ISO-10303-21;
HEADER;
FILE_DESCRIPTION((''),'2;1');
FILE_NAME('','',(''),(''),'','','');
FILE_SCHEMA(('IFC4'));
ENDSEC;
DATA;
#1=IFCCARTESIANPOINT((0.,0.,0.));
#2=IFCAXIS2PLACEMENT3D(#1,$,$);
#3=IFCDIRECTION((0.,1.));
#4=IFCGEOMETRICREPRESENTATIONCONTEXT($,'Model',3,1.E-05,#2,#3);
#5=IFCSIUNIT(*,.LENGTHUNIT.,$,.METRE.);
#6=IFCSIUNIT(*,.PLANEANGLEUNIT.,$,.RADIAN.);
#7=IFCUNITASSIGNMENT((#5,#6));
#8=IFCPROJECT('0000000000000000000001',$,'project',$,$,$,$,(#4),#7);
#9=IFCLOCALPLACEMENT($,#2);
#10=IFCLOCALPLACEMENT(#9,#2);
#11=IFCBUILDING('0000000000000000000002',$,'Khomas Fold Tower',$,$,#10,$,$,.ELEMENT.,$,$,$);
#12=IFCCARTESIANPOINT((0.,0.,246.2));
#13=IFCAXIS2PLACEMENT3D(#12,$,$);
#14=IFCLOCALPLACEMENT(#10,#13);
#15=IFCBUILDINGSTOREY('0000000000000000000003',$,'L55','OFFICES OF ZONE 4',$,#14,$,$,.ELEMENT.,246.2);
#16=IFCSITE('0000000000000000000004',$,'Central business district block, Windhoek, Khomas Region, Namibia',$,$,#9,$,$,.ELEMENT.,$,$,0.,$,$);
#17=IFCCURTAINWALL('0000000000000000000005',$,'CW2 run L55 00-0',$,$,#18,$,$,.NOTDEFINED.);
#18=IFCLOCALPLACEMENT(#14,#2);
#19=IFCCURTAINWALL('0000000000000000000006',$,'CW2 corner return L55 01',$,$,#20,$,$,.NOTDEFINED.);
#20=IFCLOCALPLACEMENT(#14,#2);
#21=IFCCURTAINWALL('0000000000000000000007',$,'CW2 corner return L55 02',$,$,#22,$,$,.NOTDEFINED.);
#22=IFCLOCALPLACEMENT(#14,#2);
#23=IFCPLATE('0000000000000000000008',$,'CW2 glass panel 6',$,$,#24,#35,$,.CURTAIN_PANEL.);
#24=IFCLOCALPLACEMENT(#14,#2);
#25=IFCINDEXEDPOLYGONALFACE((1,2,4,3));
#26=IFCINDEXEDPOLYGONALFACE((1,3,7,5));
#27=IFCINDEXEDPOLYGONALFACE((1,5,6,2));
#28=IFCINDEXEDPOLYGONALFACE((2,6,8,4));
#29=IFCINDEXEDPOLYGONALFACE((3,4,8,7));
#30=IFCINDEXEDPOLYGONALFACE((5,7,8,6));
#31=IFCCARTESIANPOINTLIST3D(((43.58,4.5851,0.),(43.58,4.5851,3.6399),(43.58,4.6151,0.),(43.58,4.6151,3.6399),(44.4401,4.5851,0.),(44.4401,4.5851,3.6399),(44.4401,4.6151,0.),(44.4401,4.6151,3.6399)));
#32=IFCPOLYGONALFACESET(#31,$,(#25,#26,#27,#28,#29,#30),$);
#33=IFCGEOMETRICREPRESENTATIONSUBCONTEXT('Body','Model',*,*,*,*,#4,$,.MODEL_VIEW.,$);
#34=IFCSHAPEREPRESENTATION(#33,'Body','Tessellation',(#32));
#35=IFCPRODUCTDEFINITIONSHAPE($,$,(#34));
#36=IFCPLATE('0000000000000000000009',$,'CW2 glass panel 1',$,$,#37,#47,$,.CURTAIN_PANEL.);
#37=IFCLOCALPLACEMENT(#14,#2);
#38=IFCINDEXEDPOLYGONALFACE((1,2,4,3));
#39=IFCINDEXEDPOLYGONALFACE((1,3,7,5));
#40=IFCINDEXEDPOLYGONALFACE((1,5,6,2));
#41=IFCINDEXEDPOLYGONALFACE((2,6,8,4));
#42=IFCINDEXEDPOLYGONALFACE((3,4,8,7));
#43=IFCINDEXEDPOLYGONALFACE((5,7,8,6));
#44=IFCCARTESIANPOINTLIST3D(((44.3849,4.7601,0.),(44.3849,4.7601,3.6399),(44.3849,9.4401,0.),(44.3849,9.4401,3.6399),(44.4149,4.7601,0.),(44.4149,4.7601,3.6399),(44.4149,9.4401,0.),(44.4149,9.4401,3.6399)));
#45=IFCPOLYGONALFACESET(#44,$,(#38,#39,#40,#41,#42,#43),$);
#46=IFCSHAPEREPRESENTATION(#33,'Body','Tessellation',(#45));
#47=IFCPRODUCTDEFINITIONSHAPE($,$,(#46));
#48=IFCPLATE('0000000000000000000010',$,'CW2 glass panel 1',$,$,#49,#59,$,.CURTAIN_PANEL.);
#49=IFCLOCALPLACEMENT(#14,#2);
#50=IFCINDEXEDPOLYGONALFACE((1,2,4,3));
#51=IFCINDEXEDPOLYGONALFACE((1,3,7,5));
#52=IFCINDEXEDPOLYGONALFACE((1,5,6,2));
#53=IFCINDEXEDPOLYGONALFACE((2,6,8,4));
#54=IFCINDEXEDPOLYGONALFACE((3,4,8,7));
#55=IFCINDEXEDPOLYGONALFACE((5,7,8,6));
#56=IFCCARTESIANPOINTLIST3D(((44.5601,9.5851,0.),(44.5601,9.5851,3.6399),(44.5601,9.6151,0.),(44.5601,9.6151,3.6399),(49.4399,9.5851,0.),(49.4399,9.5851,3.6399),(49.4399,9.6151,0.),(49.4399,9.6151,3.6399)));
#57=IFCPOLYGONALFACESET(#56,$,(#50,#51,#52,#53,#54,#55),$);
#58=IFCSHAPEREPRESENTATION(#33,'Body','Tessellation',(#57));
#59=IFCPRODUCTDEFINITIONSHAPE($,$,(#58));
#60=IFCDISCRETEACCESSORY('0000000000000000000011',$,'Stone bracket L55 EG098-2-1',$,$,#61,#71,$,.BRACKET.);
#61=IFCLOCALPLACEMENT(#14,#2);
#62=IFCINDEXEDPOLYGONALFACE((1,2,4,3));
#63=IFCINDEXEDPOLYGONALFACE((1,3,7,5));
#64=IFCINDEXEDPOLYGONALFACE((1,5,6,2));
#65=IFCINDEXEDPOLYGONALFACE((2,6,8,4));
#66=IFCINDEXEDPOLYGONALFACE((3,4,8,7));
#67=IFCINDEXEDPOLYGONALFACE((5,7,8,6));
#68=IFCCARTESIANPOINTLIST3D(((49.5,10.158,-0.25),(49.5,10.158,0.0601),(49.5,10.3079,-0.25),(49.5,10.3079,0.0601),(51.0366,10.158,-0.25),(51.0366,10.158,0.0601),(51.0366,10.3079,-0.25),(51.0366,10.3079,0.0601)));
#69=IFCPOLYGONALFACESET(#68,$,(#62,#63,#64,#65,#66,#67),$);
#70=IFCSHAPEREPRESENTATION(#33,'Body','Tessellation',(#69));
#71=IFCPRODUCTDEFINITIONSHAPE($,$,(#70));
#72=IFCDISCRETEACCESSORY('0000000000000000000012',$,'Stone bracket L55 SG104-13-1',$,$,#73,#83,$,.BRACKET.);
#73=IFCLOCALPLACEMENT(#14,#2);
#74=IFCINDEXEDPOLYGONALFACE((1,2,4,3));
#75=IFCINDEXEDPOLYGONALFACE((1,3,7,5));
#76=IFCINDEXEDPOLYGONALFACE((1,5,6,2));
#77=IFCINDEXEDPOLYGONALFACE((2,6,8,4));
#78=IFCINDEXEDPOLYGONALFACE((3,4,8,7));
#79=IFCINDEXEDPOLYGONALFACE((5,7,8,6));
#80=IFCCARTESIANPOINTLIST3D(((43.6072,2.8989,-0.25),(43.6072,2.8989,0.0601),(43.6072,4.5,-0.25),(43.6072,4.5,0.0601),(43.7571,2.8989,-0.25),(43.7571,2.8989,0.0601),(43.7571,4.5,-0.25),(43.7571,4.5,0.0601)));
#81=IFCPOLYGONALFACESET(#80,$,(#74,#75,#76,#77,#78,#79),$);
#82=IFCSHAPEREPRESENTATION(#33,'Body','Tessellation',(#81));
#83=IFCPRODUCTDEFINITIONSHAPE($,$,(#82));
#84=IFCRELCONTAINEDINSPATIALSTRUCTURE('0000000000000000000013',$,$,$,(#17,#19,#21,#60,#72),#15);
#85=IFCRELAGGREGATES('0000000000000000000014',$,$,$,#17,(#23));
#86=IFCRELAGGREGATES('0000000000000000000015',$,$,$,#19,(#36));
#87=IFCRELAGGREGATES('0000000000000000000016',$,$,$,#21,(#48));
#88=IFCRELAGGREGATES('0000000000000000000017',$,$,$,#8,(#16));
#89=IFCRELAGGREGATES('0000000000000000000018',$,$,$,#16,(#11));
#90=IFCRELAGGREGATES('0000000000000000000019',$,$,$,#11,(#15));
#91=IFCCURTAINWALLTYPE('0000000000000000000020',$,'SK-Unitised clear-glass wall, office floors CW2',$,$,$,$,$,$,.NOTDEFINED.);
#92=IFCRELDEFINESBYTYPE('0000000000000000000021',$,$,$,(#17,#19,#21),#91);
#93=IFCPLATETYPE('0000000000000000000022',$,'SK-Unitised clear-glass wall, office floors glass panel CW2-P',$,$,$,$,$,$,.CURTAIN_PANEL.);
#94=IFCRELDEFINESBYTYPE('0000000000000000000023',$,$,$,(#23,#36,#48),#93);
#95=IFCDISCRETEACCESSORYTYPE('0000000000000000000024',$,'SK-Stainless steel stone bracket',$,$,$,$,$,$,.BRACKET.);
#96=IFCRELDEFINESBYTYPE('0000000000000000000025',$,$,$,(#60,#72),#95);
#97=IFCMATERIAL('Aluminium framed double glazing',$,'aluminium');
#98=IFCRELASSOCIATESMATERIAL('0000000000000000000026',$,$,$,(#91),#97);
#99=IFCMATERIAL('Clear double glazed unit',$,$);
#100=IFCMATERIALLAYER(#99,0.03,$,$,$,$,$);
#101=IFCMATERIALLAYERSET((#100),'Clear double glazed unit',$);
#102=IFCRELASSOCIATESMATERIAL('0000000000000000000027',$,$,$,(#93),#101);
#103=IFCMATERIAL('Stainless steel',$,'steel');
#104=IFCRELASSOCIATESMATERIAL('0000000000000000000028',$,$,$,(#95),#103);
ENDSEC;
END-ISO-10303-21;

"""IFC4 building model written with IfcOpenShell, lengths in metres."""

from ifc_helpers import new_model, si_unit, direction, frame, origin, origin_2d, place, context, subcontext, project, spatial, rectangle, extrude, source, transform, mapped, material, layer, layer_set, type_object, element, aggregate, save


model = new_model("IFC4")

# Units and contexts
model_context = context("Model", 3, precision=1e-05, world=origin(), true_north=direction((0.0, 1.0)))
body_context = subcontext(model_context, "Body", "Model", "MODEL_VIEW")
ifc_project = project(units=[si_unit("LENGTHUNIT", "METRE"), si_unit("PLANEANGLEUNIT", "RADIAN")], contexts=[model_context])

# Site, building, storey
site_placement = place(None, origin())
site = spatial("IfcSite", under=ifc_project, at=site_placement, Name="Central business district block, Windhoek, Khomas Region, Namibia", CompositionType="ELEMENT", RefElevation=0.0)
building_placement = place(site_placement, origin())
building = spatial("IfcBuilding", under=site, at=building_placement, Name="Khomas Fold Tower", CompositionType="ELEMENT")
storey_placement = place(building_placement, frame((0.0, 0.0, 246.2)))
storey = spatial("IfcBuildingStorey", under=building, at=storey_placement, Name="L55", Description="OFFICES OF ZONE 4", CompositionType="ELEMENT", Elevation=246.2)

# Curtain walls
ifc_material_1 = material(Name="Aluminium framed double glazing", Category="aluminium")
curtain_wall_type = type_object("IfcCurtainWallType", Name="SK-Unitised clear-glass wall, office floors CW2", PredefinedType="NOTDEFINED", material=ifc_material_1)
curtain_wall_1_placement = place(storey_placement, origin())
curtain_wall_1 = element("IfcCurtainWall", 1, at=curtain_wall_1_placement, inside=storey, type_object=curtain_wall_type, Name="CW2 run L55 00-0", PredefinedType="NOTDEFINED")
curtain_wall_2_placement = place(storey_placement, origin())
curtain_wall_2 = element("IfcCurtainWall", 2, at=curtain_wall_2_placement, inside=storey, type_object=curtain_wall_type, Name="CW2 corner return L55 01", PredefinedType="NOTDEFINED")
curtain_wall_3_placement = place(storey_placement, origin())
curtain_wall_3 = element("IfcCurtainWall", 3, at=curtain_wall_3_placement, inside=storey, type_object=curtain_wall_type, Name="CW2 corner return L55 02", PredefinedType="NOTDEFINED")

# Plates
ifc_material_2 = material(Name="Clear double glazed unit")
ifc_layer_1 = layer(ifc_material_2, 0.03)
ifc_layer_set_1 = layer_set([ifc_layer_1], Name="Clear double glazed unit")
plate_type_1 = type_object("IfcPlateType", Name="SK-Unitised clear-glass wall, office floors glass panel CW2-P", PredefinedType="CURTAIN_PANEL", material=ifc_layer_set_1)
shared_shape_1 = source(origin(), body_context, "Body", "SweptSolid", [
    extrude(rectangle(XDim=0.8601, YDim=0.03, at=origin_2d()), origin(), (0.0, 0.0, 1.0), 3.6399),
])
plate_1_placement = place(storey_placement, frame((44.01, 4.6001, 0.0), z_axis=(0.0, 0.0, 1.0), x_axis=(1.0, 0.0, 0.0)))
plate_1 = element("IfcPlate", 4, at=plate_1_placement, type_object=plate_type_1, Name="CW2 glass panel 6", PredefinedType="CURTAIN_PANEL", context=body_context, shape_type="MappedRepresentation", body=[
    mapped(shared_shape_1, transform((0.0, 0.0, 0.0))),
])
aggregate(curtain_wall_1, [plate_1])
shared_shape_2 = source(origin(), body_context, "Body", "SweptSolid", [
    extrude(rectangle(XDim=4.6799, YDim=0.03, at=origin_2d()), origin(), (0.0, 0.0, 1.0), 3.6399),
])
plate_2_placement = place(storey_placement, frame((44.3999, 7.1001, 0.0), z_axis=(0.0, 0.0, 1.0), x_axis=(0.0, 1.0, 0.0)))
plate_2 = element("IfcPlate", 5, at=plate_2_placement, type_object=plate_type_1, Name="CW2 glass panel 1", PredefinedType="CURTAIN_PANEL", context=body_context, shape_type="MappedRepresentation", body=[
    mapped(shared_shape_2, transform((0.0, 0.0, 0.0))),
])
aggregate(curtain_wall_2, [plate_2])
shared_shape_3 = source(origin(), body_context, "Body", "SweptSolid", [
    extrude(rectangle(XDim=4.8799, YDim=0.03, at=origin_2d()), origin(), (0.0, 0.0, 1.0), 3.6399),
])
plate_3_placement = place(storey_placement, frame((47.0, 9.6001, 0.0), z_axis=(0.0, 0.0, 1.0), x_axis=(1.0, 0.0, 0.0)))
plate_3 = element("IfcPlate", 6, at=plate_3_placement, type_object=plate_type_1, Name="CW2 glass panel 1", PredefinedType="CURTAIN_PANEL", context=body_context, shape_type="MappedRepresentation", body=[
    mapped(shared_shape_3, transform((0.0, 0.0, 0.0))),
])
aggregate(curtain_wall_3, [plate_3])

# Discrete accessories
ifc_material_3 = material(Name="Stainless steel", Category="steel")
discrete_accessory_type = type_object("IfcDiscreteAccessoryType", Name="SK-Stainless steel stone bracket", PredefinedType="BRACKET", material=ifc_material_3)
shared_shape_4 = source(origin(), body_context, "Body", "SweptSolid", [
    extrude(rectangle(XDim=1.5366, YDim=0.1499, at=origin_2d()), origin(), (0.0, 0.0, 1.0), 0.3101),
])
discrete_accessory_1_placement = place(storey_placement, frame((50.2683, 10.2329, -0.25), z_axis=(0.0, 0.0, 1.0), x_axis=(1.0, 0.0, 0.0)))
element("IfcDiscreteAccessory", 7, at=discrete_accessory_1_placement, inside=storey, type_object=discrete_accessory_type, Name="Stone bracket L55 EG098-2-1", PredefinedType="BRACKET", context=body_context, shape_type="MappedRepresentation", body=[
    mapped(shared_shape_4, transform((0.0, 0.0, 0.0))),
])
shared_shape_5 = source(origin(), body_context, "Body", "SweptSolid", [
    extrude(rectangle(XDim=1.6011, YDim=0.1499, at=origin_2d()), origin(), (0.0, 0.0, 1.0), 0.3101),
])
discrete_accessory_2_placement = place(storey_placement, frame((43.6821, 3.6995, -0.25), z_axis=(0.0, 0.0, 1.0), x_axis=(0.0, -1.0, 0.0)))
element("IfcDiscreteAccessory", 8, at=discrete_accessory_2_placement, inside=storey, type_object=discrete_accessory_type, Name="Stone bracket L55 SG104-13-1", PredefinedType="BRACKET", context=body_context, shape_type="MappedRepresentation", body=[
    mapped(shared_shape_5, transform((0.0, 0.0, 0.0))),
])

save(model, "model.ifc")
